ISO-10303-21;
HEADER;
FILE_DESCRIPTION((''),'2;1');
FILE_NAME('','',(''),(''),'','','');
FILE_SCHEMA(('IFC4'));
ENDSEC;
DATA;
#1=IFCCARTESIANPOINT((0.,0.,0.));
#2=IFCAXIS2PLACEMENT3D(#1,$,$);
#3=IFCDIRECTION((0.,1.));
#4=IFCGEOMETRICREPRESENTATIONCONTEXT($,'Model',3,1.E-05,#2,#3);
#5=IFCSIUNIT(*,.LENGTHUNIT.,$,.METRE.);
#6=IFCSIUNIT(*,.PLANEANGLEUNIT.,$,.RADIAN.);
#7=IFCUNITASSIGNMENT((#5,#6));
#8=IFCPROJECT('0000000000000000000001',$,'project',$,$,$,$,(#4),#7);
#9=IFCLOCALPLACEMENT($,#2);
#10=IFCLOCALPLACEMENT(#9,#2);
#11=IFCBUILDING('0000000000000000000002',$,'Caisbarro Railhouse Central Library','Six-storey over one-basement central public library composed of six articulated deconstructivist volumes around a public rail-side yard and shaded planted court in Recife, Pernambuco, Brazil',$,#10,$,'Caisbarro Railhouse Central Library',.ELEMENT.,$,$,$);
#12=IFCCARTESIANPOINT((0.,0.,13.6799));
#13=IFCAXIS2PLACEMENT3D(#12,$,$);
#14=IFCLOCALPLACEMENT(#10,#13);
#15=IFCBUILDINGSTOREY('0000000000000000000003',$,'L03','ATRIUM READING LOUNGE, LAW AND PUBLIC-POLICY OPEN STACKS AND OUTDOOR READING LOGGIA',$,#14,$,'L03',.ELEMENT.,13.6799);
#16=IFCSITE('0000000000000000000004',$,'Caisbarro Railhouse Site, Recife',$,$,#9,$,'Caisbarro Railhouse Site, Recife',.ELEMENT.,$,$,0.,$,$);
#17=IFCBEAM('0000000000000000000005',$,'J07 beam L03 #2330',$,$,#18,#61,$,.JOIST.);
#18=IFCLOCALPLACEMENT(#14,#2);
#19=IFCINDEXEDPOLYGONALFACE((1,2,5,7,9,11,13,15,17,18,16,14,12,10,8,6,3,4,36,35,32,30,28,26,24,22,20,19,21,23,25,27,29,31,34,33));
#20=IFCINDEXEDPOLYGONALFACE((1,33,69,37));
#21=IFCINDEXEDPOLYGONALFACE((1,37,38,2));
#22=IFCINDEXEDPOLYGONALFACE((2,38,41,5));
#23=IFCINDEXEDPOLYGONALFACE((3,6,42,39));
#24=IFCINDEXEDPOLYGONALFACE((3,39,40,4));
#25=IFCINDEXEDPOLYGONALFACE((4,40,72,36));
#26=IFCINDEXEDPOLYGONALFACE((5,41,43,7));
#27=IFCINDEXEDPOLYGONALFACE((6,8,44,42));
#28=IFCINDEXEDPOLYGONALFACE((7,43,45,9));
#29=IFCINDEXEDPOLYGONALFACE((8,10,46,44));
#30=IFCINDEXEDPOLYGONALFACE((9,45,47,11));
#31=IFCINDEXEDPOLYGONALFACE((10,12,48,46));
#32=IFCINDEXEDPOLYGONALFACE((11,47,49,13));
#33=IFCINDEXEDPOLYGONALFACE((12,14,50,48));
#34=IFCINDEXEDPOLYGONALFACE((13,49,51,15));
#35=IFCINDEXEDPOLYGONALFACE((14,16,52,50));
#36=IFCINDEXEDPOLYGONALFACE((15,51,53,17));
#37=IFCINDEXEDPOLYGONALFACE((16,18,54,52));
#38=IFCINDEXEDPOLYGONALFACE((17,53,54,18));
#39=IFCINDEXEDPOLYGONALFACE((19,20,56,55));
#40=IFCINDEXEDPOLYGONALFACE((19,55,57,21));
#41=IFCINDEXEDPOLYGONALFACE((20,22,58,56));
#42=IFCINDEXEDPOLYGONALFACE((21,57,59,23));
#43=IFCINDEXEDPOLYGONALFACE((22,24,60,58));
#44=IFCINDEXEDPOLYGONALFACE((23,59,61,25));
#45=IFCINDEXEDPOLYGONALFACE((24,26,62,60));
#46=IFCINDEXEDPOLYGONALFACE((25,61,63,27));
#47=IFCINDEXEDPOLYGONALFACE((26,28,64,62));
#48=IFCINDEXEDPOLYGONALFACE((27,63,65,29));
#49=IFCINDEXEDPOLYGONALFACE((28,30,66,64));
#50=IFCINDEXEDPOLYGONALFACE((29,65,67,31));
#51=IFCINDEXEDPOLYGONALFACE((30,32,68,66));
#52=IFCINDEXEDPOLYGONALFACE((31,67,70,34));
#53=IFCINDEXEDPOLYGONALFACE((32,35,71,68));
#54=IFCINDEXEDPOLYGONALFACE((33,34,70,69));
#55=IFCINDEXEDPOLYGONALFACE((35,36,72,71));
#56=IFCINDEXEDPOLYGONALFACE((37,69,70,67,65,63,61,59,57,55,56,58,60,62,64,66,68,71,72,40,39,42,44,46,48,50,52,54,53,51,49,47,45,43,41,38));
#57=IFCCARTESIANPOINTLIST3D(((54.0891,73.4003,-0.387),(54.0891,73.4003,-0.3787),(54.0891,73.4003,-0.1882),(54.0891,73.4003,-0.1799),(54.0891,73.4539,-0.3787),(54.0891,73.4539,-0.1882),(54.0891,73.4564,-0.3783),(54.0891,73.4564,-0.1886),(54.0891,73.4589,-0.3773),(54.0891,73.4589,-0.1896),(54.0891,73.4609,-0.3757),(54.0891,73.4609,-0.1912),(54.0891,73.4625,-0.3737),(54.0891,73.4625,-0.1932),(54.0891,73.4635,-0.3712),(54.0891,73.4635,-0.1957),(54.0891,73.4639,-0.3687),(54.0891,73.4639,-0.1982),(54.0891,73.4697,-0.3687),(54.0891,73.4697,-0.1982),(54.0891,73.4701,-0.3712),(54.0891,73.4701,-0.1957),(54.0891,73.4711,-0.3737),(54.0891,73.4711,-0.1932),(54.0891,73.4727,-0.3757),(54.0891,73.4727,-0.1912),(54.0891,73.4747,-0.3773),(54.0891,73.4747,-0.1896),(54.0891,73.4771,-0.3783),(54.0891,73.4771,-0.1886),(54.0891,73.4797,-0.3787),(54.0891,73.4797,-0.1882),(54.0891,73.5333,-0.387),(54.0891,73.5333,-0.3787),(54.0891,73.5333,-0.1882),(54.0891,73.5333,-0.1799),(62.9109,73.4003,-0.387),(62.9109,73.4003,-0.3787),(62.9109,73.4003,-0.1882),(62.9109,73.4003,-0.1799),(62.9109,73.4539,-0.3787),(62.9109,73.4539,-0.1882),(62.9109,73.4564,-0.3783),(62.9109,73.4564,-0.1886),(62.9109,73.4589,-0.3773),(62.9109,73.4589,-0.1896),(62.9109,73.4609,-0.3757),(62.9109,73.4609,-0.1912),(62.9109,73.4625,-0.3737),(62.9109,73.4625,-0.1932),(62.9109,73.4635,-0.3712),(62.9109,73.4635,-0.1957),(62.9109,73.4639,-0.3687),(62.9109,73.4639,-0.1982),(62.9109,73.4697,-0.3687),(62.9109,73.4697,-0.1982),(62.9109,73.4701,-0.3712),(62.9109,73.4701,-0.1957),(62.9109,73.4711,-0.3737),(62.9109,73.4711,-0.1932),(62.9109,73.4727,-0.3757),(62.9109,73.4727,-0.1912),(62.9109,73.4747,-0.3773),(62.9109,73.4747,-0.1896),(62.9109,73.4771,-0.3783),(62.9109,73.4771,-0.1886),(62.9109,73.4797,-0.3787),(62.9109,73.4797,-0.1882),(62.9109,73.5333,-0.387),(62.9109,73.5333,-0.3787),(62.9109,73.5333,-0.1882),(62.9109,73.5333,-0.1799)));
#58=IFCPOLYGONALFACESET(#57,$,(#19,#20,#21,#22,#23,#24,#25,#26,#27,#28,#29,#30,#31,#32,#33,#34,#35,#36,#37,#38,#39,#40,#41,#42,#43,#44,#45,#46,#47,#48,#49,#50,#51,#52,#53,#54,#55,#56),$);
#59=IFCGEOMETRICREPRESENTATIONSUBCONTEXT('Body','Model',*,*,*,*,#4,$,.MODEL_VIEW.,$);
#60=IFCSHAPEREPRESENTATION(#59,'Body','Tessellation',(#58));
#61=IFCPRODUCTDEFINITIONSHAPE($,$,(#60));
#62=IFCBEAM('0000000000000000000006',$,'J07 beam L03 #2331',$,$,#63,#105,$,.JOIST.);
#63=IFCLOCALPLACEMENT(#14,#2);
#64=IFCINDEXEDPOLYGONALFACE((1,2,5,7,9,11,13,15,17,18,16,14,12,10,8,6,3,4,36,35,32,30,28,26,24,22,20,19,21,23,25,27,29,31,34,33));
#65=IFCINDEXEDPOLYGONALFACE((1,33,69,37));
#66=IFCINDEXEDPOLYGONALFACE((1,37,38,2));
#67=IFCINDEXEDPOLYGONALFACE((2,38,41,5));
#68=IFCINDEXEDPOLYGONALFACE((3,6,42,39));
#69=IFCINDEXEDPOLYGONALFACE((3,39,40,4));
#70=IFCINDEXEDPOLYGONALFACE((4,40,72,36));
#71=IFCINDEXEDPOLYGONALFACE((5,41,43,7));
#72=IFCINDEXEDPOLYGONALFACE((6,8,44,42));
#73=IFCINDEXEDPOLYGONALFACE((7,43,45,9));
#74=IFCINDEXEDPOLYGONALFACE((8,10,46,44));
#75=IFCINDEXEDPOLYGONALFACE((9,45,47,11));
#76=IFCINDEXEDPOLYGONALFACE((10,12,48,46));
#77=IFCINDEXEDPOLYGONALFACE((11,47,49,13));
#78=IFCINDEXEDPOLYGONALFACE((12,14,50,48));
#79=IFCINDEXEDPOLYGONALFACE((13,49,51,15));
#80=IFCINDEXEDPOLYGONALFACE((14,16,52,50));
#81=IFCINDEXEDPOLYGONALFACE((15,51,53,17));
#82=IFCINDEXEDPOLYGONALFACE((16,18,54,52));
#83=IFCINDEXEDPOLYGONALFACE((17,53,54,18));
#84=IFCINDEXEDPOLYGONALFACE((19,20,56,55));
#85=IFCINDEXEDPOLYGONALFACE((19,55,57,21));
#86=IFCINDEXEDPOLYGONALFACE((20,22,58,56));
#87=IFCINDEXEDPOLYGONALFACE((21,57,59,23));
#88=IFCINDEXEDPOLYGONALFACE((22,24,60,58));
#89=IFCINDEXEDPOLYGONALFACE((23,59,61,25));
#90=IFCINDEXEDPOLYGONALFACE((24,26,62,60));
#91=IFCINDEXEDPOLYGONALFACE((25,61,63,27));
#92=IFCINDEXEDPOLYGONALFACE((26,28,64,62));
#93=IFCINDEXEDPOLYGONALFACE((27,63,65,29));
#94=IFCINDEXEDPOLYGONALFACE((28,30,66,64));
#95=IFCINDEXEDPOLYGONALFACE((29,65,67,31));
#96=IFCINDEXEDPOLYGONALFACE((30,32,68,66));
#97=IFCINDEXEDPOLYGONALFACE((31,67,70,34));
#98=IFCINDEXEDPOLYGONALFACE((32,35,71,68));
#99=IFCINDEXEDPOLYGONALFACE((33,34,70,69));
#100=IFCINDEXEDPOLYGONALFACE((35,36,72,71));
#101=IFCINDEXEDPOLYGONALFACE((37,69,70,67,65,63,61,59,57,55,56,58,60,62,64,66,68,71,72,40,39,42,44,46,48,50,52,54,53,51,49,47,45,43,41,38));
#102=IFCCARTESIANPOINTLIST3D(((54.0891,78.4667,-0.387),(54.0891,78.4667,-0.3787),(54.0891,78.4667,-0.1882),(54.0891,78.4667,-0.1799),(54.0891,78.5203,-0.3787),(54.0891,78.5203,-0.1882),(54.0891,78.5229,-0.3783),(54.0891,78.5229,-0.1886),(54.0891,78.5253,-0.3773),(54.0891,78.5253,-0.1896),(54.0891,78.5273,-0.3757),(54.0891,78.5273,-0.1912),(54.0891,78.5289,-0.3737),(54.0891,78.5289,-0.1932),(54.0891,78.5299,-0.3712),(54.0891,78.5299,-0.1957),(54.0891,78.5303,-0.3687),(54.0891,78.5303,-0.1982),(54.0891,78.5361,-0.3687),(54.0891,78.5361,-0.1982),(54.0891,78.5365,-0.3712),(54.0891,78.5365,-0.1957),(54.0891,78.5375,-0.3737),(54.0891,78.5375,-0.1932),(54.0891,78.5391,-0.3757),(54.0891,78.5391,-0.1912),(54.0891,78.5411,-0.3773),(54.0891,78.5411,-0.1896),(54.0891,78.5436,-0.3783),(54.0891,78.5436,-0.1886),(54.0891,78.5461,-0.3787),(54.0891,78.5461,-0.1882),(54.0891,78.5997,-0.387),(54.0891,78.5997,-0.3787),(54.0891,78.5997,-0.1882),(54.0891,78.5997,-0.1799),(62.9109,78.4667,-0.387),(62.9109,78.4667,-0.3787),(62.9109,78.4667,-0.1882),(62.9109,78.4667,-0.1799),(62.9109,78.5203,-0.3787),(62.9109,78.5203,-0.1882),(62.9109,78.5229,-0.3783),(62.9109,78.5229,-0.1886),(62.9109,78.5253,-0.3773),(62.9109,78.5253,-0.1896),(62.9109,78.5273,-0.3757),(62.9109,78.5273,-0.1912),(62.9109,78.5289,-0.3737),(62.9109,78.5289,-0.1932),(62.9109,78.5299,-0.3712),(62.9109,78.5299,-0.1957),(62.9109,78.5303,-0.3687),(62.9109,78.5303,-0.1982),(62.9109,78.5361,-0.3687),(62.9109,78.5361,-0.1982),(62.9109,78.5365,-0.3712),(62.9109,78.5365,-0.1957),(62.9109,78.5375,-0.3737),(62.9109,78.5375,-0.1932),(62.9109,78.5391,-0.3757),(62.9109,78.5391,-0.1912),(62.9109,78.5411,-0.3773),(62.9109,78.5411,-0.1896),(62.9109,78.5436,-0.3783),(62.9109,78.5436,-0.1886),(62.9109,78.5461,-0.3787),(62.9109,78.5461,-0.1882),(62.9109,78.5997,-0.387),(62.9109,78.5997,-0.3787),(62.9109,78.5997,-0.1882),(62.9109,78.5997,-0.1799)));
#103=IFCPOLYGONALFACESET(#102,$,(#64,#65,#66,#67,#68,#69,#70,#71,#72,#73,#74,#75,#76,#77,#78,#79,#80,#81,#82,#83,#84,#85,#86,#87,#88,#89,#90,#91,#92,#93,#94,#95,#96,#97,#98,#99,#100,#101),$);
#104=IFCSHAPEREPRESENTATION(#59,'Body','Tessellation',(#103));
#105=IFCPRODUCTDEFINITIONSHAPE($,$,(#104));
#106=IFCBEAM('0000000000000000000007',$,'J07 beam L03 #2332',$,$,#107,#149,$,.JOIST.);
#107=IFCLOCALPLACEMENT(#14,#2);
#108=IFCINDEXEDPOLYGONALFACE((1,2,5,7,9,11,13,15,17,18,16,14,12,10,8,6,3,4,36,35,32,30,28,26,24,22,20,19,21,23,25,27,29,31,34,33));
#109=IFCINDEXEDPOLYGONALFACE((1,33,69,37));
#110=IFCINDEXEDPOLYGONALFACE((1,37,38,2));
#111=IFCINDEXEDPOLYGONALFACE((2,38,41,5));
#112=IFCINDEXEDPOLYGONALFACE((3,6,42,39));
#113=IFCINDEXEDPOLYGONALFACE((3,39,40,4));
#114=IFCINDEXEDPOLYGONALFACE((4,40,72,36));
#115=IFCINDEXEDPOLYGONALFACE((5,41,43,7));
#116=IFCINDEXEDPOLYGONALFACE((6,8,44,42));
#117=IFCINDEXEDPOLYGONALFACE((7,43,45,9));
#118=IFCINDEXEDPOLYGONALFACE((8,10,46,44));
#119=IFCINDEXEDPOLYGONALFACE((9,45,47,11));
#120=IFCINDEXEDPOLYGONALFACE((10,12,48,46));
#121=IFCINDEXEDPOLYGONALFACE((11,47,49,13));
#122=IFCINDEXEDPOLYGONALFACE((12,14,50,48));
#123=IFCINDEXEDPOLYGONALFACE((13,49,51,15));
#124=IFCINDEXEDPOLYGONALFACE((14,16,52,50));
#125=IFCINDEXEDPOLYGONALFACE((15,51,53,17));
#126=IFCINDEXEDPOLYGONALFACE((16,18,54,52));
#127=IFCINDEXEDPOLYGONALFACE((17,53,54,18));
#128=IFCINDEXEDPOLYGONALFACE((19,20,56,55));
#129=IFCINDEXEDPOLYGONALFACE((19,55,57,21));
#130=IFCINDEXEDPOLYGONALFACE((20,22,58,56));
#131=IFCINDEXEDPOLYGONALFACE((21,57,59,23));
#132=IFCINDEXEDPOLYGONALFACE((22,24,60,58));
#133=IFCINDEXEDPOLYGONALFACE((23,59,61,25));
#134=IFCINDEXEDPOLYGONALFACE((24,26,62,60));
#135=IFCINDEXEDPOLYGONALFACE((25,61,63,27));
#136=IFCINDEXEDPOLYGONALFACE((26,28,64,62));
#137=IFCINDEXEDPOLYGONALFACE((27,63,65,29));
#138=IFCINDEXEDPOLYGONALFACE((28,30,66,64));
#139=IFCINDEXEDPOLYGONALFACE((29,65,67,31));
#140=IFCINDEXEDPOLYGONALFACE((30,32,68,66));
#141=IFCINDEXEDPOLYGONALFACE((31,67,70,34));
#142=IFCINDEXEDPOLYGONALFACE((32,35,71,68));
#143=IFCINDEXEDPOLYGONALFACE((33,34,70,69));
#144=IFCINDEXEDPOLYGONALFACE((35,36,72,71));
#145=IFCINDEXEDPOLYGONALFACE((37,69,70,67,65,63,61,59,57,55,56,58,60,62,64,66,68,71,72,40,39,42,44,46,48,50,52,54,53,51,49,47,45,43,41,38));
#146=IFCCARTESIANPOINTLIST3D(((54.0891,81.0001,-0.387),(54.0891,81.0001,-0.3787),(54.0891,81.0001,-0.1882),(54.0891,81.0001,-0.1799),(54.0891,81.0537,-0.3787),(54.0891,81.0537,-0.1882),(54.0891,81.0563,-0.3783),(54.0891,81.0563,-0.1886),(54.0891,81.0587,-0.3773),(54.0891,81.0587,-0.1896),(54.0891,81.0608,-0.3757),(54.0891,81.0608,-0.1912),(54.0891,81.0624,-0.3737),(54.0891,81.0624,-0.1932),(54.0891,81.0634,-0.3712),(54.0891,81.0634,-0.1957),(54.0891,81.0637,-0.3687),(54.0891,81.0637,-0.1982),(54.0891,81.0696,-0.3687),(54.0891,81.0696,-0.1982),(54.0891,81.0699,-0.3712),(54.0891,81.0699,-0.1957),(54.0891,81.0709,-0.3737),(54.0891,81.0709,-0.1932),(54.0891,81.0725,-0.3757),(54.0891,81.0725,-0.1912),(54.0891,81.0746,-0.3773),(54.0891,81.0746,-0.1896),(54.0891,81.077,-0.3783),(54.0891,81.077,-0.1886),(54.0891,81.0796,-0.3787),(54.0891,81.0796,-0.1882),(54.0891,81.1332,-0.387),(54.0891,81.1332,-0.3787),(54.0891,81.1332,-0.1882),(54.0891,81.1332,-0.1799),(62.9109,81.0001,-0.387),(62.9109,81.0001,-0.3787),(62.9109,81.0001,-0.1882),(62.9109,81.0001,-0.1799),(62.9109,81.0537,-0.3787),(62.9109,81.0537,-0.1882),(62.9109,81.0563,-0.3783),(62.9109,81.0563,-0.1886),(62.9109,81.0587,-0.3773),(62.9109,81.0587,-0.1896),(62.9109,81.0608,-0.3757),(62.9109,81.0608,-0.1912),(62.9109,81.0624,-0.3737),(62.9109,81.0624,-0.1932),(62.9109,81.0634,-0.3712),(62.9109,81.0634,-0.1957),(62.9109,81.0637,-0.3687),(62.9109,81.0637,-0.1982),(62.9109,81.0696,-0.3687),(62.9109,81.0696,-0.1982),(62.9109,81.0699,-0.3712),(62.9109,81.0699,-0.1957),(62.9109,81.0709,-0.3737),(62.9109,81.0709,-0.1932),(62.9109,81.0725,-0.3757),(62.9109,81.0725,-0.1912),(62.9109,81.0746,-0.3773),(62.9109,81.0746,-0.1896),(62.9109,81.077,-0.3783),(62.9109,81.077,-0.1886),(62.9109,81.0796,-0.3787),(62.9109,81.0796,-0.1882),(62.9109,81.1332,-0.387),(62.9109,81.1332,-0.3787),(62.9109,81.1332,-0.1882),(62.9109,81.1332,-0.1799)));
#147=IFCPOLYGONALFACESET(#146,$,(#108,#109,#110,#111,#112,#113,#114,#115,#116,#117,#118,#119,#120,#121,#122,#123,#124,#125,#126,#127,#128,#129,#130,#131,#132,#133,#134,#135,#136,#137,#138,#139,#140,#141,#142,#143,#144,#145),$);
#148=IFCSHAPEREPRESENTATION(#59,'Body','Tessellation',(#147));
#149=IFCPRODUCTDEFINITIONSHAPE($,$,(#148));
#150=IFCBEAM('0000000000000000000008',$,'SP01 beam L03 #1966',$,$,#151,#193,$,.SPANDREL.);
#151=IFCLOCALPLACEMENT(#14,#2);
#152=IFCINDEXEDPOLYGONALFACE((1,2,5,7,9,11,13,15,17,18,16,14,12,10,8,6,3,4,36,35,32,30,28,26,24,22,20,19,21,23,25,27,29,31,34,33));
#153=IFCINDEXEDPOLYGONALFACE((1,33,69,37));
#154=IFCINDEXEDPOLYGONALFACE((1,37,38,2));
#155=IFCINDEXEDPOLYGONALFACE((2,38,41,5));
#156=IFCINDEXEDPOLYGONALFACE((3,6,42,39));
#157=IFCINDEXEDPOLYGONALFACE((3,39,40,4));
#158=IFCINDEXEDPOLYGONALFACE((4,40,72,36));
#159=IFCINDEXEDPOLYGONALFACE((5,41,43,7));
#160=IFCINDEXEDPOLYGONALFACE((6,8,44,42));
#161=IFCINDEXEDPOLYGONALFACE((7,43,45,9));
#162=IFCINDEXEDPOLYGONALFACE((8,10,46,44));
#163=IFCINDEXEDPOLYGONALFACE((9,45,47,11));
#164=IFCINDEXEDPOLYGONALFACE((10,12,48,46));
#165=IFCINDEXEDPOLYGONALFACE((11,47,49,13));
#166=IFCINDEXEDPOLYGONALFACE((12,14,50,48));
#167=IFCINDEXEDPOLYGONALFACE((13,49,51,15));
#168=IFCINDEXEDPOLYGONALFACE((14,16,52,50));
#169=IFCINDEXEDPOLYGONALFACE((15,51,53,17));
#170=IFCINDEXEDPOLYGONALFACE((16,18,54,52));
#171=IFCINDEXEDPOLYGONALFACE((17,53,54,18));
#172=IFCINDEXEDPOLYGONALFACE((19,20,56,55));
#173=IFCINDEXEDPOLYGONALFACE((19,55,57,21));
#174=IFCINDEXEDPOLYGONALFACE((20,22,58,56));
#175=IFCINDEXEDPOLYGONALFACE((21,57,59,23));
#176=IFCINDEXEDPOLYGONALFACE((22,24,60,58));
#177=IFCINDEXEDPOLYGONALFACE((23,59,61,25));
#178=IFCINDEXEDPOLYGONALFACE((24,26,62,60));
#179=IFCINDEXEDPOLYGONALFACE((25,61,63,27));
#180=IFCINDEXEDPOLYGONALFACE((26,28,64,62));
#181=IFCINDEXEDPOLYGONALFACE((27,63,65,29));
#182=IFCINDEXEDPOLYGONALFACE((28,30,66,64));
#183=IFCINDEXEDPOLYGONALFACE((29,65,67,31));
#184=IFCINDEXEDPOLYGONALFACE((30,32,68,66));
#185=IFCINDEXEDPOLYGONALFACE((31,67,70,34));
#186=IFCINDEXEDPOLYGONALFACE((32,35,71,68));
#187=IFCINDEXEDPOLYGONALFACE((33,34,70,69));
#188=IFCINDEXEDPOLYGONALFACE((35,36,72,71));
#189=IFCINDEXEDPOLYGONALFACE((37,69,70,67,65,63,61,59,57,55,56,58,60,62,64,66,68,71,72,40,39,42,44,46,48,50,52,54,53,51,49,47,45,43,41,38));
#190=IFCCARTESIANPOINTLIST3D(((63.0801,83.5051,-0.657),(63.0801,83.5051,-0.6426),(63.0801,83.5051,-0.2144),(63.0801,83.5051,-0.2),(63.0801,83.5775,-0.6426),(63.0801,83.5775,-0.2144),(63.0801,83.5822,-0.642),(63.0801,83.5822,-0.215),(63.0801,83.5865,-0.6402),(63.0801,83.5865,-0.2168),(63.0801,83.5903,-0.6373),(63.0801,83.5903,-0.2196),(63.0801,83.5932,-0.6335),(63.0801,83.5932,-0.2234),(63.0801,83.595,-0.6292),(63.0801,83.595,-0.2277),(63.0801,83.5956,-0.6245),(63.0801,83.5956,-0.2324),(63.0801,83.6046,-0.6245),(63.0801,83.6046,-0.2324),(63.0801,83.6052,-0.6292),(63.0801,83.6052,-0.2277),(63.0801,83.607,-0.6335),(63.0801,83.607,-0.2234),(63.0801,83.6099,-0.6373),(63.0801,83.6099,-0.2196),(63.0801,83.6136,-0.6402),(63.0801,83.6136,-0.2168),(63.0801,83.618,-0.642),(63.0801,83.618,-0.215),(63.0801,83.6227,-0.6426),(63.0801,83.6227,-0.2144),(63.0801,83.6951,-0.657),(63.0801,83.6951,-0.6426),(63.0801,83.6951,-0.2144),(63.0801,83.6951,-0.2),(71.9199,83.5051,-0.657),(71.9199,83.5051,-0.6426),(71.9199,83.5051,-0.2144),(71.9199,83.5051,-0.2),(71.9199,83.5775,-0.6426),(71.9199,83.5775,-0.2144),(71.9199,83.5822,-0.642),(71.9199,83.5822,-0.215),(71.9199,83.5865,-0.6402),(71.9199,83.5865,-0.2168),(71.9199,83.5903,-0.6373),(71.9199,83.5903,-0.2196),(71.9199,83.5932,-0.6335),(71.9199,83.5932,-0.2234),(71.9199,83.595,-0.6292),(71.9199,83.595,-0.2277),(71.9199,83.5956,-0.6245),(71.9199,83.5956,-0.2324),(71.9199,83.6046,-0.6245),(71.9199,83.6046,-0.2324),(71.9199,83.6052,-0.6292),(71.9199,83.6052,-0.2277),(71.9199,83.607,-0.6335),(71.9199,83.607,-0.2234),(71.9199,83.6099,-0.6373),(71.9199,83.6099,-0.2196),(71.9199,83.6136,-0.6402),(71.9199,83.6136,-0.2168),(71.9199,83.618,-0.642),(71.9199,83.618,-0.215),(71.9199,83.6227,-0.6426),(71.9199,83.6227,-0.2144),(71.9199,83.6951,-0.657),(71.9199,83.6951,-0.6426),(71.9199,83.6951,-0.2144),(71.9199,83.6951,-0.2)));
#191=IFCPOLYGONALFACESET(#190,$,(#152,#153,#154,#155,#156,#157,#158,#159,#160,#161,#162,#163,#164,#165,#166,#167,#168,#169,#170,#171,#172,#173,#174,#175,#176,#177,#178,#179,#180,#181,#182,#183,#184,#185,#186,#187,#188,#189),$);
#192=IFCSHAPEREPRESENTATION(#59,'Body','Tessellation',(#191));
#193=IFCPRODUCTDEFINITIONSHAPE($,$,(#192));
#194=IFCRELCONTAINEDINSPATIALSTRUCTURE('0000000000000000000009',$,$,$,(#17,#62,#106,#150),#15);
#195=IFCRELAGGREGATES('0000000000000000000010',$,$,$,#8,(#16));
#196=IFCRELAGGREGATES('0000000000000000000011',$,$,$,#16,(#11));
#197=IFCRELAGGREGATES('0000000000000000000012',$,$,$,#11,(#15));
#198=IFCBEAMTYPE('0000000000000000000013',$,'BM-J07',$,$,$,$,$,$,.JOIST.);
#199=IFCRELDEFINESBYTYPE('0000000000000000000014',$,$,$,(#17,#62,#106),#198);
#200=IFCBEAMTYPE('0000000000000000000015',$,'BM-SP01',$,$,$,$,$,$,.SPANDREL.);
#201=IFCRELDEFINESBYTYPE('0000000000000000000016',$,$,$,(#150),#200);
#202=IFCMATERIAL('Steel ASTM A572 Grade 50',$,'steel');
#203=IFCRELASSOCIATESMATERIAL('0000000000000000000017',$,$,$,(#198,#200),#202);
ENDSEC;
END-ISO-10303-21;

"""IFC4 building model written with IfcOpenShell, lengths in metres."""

from ifc_helpers import new_model, si_unit, direction, frame, origin, origin_2d, place, context, subcontext, project, spatial, i_section, extrude, material, material_profile, profile_set, type_object, element, save


model = new_model("IFC4")

# Units and contexts
model_context = context("Model", 3, precision=1e-05, world=origin(), true_north=direction((0.0, 1.0)))
body_context = subcontext(model_context, "Body", "Model", "MODEL_VIEW")
ifc_project = project(units=[si_unit("LENGTHUNIT", "METRE"), si_unit("PLANEANGLEUNIT", "RADIAN")], contexts=[model_context])

# Site, building, storey
site_placement = place(None, origin())
site = spatial("IfcSite", under=ifc_project, at=site_placement, Name="Caisbarro Railhouse Site, Recife", LongName="Caisbarro Railhouse Site, Recife", CompositionType="ELEMENT", RefElevation=0.0)
building_placement = place(site_placement, origin())
building = spatial("IfcBuilding", under=site, at=building_placement, Name="Caisbarro Railhouse Central Library", Description="Six-storey over one-basement central public library composed of six articulated deconstructivist volumes around a public rail-side yard and shaded planted court in Recife, Pernambuco, Brazil", LongName="Caisbarro Railhouse Central Library", CompositionType="ELEMENT")
storey_placement = place(building_placement, frame((0.0, 0.0, 13.6799)))
storey = spatial("IfcBuildingStorey", under=building, at=storey_placement, Name="L03", Description="ATRIUM READING LOUNGE, LAW AND PUBLIC-POLICY OPEN STACKS AND OUTDOOR READING LOGGIA", LongName="L03", CompositionType="ELEMENT", Elevation=13.6799)

# Shared definitions
ifc_material_1 = material(Name="Steel ASTM A572 Grade 50", Category="steel")

# Beams
ifc_material_profile_1 = material_profile(ifc_material_1, i_section(OverallWidth=0.1331, OverallDepth=0.207, WebThickness=0.0059, FlangeThickness=0.0083, FilletRadius=0.01, at=origin_2d()), Name="W200X26.6")
ifc_profile_set_1 = profile_set([ifc_material_profile_1], Name="Steel ASTM A572 Grade 50")
beam_type_1 = type_object("IfcBeamType", Name="BM-J07", PredefinedType="JOIST", material=ifc_profile_set_1)
for number, where, z_axis, x_axis, name in (
    (1, (54.0891, 73.4668, -0.2834), (1.0, 0.0, 0.0), (0.0, 1.0, 0.0), "J07 beam L03 #2330"),
    (2, (54.0891, 78.5332, -0.2834), (1.0, 0.0, 0.0), (0.0, 1.0, 0.0), "J07 beam L03 #2331"),
    (3, (54.0891, 81.0667, -0.2834), (1.0, 0.0, 0.0), (0.0, 1.0, 0.0), "J07 beam L03 #2332"),
):
    element("IfcBeam", number, at=place(storey_placement, frame(where, z_axis=z_axis, x_axis=x_axis)), inside=storey, type_object=beam_type_1, Name=name, PredefinedType="JOIST", context=body_context, shape_type="SweptSolid", body=[
        extrude(i_section(OverallWidth=0.1331, OverallDepth=0.207, WebThickness=0.0059, FlangeThickness=0.0083, FilletRadius=0.01, at=origin_2d()), origin(), (0.0, 0.0, 1.0), 8.8218),
    ])
ifc_material_profile_2 = material_profile(ifc_material_1, i_section(OverallWidth=0.1899, OverallDepth=0.457, WebThickness=0.009, FlangeThickness=0.0144, FilletRadius=0.0181, at=origin_2d()), Name="W460X74.0")
ifc_profile_set_2 = profile_set([ifc_material_profile_2], Name="Steel ASTM A572 Grade 50")
beam_type_2 = type_object("IfcBeamType", Name="BM-SP01", PredefinedType="SPANDREL", material=ifc_profile_set_2)
for number, where, z_axis, x_axis, name in (
    (4, (63.0801, 83.6001, -0.4285), (1.0, 0.0, 0.0), (0.0, 1.0, 0.0), "SP01 beam L03 #1966"),
):
    element("IfcBeam", number, at=place(storey_placement, frame(where, z_axis=z_axis, x_axis=x_axis)), inside=storey, type_object=beam_type_2, Name=name, PredefinedType="SPANDREL", context=body_context, shape_type="SweptSolid", body=[
        extrude(i_section(OverallWidth=0.1899, OverallDepth=0.457, WebThickness=0.009, FlangeThickness=0.0144, FilletRadius=0.0181, at=origin_2d()), origin(), (0.0, 0.0, 1.0), 8.8398),
    ])

save(model, "model.ifc")
